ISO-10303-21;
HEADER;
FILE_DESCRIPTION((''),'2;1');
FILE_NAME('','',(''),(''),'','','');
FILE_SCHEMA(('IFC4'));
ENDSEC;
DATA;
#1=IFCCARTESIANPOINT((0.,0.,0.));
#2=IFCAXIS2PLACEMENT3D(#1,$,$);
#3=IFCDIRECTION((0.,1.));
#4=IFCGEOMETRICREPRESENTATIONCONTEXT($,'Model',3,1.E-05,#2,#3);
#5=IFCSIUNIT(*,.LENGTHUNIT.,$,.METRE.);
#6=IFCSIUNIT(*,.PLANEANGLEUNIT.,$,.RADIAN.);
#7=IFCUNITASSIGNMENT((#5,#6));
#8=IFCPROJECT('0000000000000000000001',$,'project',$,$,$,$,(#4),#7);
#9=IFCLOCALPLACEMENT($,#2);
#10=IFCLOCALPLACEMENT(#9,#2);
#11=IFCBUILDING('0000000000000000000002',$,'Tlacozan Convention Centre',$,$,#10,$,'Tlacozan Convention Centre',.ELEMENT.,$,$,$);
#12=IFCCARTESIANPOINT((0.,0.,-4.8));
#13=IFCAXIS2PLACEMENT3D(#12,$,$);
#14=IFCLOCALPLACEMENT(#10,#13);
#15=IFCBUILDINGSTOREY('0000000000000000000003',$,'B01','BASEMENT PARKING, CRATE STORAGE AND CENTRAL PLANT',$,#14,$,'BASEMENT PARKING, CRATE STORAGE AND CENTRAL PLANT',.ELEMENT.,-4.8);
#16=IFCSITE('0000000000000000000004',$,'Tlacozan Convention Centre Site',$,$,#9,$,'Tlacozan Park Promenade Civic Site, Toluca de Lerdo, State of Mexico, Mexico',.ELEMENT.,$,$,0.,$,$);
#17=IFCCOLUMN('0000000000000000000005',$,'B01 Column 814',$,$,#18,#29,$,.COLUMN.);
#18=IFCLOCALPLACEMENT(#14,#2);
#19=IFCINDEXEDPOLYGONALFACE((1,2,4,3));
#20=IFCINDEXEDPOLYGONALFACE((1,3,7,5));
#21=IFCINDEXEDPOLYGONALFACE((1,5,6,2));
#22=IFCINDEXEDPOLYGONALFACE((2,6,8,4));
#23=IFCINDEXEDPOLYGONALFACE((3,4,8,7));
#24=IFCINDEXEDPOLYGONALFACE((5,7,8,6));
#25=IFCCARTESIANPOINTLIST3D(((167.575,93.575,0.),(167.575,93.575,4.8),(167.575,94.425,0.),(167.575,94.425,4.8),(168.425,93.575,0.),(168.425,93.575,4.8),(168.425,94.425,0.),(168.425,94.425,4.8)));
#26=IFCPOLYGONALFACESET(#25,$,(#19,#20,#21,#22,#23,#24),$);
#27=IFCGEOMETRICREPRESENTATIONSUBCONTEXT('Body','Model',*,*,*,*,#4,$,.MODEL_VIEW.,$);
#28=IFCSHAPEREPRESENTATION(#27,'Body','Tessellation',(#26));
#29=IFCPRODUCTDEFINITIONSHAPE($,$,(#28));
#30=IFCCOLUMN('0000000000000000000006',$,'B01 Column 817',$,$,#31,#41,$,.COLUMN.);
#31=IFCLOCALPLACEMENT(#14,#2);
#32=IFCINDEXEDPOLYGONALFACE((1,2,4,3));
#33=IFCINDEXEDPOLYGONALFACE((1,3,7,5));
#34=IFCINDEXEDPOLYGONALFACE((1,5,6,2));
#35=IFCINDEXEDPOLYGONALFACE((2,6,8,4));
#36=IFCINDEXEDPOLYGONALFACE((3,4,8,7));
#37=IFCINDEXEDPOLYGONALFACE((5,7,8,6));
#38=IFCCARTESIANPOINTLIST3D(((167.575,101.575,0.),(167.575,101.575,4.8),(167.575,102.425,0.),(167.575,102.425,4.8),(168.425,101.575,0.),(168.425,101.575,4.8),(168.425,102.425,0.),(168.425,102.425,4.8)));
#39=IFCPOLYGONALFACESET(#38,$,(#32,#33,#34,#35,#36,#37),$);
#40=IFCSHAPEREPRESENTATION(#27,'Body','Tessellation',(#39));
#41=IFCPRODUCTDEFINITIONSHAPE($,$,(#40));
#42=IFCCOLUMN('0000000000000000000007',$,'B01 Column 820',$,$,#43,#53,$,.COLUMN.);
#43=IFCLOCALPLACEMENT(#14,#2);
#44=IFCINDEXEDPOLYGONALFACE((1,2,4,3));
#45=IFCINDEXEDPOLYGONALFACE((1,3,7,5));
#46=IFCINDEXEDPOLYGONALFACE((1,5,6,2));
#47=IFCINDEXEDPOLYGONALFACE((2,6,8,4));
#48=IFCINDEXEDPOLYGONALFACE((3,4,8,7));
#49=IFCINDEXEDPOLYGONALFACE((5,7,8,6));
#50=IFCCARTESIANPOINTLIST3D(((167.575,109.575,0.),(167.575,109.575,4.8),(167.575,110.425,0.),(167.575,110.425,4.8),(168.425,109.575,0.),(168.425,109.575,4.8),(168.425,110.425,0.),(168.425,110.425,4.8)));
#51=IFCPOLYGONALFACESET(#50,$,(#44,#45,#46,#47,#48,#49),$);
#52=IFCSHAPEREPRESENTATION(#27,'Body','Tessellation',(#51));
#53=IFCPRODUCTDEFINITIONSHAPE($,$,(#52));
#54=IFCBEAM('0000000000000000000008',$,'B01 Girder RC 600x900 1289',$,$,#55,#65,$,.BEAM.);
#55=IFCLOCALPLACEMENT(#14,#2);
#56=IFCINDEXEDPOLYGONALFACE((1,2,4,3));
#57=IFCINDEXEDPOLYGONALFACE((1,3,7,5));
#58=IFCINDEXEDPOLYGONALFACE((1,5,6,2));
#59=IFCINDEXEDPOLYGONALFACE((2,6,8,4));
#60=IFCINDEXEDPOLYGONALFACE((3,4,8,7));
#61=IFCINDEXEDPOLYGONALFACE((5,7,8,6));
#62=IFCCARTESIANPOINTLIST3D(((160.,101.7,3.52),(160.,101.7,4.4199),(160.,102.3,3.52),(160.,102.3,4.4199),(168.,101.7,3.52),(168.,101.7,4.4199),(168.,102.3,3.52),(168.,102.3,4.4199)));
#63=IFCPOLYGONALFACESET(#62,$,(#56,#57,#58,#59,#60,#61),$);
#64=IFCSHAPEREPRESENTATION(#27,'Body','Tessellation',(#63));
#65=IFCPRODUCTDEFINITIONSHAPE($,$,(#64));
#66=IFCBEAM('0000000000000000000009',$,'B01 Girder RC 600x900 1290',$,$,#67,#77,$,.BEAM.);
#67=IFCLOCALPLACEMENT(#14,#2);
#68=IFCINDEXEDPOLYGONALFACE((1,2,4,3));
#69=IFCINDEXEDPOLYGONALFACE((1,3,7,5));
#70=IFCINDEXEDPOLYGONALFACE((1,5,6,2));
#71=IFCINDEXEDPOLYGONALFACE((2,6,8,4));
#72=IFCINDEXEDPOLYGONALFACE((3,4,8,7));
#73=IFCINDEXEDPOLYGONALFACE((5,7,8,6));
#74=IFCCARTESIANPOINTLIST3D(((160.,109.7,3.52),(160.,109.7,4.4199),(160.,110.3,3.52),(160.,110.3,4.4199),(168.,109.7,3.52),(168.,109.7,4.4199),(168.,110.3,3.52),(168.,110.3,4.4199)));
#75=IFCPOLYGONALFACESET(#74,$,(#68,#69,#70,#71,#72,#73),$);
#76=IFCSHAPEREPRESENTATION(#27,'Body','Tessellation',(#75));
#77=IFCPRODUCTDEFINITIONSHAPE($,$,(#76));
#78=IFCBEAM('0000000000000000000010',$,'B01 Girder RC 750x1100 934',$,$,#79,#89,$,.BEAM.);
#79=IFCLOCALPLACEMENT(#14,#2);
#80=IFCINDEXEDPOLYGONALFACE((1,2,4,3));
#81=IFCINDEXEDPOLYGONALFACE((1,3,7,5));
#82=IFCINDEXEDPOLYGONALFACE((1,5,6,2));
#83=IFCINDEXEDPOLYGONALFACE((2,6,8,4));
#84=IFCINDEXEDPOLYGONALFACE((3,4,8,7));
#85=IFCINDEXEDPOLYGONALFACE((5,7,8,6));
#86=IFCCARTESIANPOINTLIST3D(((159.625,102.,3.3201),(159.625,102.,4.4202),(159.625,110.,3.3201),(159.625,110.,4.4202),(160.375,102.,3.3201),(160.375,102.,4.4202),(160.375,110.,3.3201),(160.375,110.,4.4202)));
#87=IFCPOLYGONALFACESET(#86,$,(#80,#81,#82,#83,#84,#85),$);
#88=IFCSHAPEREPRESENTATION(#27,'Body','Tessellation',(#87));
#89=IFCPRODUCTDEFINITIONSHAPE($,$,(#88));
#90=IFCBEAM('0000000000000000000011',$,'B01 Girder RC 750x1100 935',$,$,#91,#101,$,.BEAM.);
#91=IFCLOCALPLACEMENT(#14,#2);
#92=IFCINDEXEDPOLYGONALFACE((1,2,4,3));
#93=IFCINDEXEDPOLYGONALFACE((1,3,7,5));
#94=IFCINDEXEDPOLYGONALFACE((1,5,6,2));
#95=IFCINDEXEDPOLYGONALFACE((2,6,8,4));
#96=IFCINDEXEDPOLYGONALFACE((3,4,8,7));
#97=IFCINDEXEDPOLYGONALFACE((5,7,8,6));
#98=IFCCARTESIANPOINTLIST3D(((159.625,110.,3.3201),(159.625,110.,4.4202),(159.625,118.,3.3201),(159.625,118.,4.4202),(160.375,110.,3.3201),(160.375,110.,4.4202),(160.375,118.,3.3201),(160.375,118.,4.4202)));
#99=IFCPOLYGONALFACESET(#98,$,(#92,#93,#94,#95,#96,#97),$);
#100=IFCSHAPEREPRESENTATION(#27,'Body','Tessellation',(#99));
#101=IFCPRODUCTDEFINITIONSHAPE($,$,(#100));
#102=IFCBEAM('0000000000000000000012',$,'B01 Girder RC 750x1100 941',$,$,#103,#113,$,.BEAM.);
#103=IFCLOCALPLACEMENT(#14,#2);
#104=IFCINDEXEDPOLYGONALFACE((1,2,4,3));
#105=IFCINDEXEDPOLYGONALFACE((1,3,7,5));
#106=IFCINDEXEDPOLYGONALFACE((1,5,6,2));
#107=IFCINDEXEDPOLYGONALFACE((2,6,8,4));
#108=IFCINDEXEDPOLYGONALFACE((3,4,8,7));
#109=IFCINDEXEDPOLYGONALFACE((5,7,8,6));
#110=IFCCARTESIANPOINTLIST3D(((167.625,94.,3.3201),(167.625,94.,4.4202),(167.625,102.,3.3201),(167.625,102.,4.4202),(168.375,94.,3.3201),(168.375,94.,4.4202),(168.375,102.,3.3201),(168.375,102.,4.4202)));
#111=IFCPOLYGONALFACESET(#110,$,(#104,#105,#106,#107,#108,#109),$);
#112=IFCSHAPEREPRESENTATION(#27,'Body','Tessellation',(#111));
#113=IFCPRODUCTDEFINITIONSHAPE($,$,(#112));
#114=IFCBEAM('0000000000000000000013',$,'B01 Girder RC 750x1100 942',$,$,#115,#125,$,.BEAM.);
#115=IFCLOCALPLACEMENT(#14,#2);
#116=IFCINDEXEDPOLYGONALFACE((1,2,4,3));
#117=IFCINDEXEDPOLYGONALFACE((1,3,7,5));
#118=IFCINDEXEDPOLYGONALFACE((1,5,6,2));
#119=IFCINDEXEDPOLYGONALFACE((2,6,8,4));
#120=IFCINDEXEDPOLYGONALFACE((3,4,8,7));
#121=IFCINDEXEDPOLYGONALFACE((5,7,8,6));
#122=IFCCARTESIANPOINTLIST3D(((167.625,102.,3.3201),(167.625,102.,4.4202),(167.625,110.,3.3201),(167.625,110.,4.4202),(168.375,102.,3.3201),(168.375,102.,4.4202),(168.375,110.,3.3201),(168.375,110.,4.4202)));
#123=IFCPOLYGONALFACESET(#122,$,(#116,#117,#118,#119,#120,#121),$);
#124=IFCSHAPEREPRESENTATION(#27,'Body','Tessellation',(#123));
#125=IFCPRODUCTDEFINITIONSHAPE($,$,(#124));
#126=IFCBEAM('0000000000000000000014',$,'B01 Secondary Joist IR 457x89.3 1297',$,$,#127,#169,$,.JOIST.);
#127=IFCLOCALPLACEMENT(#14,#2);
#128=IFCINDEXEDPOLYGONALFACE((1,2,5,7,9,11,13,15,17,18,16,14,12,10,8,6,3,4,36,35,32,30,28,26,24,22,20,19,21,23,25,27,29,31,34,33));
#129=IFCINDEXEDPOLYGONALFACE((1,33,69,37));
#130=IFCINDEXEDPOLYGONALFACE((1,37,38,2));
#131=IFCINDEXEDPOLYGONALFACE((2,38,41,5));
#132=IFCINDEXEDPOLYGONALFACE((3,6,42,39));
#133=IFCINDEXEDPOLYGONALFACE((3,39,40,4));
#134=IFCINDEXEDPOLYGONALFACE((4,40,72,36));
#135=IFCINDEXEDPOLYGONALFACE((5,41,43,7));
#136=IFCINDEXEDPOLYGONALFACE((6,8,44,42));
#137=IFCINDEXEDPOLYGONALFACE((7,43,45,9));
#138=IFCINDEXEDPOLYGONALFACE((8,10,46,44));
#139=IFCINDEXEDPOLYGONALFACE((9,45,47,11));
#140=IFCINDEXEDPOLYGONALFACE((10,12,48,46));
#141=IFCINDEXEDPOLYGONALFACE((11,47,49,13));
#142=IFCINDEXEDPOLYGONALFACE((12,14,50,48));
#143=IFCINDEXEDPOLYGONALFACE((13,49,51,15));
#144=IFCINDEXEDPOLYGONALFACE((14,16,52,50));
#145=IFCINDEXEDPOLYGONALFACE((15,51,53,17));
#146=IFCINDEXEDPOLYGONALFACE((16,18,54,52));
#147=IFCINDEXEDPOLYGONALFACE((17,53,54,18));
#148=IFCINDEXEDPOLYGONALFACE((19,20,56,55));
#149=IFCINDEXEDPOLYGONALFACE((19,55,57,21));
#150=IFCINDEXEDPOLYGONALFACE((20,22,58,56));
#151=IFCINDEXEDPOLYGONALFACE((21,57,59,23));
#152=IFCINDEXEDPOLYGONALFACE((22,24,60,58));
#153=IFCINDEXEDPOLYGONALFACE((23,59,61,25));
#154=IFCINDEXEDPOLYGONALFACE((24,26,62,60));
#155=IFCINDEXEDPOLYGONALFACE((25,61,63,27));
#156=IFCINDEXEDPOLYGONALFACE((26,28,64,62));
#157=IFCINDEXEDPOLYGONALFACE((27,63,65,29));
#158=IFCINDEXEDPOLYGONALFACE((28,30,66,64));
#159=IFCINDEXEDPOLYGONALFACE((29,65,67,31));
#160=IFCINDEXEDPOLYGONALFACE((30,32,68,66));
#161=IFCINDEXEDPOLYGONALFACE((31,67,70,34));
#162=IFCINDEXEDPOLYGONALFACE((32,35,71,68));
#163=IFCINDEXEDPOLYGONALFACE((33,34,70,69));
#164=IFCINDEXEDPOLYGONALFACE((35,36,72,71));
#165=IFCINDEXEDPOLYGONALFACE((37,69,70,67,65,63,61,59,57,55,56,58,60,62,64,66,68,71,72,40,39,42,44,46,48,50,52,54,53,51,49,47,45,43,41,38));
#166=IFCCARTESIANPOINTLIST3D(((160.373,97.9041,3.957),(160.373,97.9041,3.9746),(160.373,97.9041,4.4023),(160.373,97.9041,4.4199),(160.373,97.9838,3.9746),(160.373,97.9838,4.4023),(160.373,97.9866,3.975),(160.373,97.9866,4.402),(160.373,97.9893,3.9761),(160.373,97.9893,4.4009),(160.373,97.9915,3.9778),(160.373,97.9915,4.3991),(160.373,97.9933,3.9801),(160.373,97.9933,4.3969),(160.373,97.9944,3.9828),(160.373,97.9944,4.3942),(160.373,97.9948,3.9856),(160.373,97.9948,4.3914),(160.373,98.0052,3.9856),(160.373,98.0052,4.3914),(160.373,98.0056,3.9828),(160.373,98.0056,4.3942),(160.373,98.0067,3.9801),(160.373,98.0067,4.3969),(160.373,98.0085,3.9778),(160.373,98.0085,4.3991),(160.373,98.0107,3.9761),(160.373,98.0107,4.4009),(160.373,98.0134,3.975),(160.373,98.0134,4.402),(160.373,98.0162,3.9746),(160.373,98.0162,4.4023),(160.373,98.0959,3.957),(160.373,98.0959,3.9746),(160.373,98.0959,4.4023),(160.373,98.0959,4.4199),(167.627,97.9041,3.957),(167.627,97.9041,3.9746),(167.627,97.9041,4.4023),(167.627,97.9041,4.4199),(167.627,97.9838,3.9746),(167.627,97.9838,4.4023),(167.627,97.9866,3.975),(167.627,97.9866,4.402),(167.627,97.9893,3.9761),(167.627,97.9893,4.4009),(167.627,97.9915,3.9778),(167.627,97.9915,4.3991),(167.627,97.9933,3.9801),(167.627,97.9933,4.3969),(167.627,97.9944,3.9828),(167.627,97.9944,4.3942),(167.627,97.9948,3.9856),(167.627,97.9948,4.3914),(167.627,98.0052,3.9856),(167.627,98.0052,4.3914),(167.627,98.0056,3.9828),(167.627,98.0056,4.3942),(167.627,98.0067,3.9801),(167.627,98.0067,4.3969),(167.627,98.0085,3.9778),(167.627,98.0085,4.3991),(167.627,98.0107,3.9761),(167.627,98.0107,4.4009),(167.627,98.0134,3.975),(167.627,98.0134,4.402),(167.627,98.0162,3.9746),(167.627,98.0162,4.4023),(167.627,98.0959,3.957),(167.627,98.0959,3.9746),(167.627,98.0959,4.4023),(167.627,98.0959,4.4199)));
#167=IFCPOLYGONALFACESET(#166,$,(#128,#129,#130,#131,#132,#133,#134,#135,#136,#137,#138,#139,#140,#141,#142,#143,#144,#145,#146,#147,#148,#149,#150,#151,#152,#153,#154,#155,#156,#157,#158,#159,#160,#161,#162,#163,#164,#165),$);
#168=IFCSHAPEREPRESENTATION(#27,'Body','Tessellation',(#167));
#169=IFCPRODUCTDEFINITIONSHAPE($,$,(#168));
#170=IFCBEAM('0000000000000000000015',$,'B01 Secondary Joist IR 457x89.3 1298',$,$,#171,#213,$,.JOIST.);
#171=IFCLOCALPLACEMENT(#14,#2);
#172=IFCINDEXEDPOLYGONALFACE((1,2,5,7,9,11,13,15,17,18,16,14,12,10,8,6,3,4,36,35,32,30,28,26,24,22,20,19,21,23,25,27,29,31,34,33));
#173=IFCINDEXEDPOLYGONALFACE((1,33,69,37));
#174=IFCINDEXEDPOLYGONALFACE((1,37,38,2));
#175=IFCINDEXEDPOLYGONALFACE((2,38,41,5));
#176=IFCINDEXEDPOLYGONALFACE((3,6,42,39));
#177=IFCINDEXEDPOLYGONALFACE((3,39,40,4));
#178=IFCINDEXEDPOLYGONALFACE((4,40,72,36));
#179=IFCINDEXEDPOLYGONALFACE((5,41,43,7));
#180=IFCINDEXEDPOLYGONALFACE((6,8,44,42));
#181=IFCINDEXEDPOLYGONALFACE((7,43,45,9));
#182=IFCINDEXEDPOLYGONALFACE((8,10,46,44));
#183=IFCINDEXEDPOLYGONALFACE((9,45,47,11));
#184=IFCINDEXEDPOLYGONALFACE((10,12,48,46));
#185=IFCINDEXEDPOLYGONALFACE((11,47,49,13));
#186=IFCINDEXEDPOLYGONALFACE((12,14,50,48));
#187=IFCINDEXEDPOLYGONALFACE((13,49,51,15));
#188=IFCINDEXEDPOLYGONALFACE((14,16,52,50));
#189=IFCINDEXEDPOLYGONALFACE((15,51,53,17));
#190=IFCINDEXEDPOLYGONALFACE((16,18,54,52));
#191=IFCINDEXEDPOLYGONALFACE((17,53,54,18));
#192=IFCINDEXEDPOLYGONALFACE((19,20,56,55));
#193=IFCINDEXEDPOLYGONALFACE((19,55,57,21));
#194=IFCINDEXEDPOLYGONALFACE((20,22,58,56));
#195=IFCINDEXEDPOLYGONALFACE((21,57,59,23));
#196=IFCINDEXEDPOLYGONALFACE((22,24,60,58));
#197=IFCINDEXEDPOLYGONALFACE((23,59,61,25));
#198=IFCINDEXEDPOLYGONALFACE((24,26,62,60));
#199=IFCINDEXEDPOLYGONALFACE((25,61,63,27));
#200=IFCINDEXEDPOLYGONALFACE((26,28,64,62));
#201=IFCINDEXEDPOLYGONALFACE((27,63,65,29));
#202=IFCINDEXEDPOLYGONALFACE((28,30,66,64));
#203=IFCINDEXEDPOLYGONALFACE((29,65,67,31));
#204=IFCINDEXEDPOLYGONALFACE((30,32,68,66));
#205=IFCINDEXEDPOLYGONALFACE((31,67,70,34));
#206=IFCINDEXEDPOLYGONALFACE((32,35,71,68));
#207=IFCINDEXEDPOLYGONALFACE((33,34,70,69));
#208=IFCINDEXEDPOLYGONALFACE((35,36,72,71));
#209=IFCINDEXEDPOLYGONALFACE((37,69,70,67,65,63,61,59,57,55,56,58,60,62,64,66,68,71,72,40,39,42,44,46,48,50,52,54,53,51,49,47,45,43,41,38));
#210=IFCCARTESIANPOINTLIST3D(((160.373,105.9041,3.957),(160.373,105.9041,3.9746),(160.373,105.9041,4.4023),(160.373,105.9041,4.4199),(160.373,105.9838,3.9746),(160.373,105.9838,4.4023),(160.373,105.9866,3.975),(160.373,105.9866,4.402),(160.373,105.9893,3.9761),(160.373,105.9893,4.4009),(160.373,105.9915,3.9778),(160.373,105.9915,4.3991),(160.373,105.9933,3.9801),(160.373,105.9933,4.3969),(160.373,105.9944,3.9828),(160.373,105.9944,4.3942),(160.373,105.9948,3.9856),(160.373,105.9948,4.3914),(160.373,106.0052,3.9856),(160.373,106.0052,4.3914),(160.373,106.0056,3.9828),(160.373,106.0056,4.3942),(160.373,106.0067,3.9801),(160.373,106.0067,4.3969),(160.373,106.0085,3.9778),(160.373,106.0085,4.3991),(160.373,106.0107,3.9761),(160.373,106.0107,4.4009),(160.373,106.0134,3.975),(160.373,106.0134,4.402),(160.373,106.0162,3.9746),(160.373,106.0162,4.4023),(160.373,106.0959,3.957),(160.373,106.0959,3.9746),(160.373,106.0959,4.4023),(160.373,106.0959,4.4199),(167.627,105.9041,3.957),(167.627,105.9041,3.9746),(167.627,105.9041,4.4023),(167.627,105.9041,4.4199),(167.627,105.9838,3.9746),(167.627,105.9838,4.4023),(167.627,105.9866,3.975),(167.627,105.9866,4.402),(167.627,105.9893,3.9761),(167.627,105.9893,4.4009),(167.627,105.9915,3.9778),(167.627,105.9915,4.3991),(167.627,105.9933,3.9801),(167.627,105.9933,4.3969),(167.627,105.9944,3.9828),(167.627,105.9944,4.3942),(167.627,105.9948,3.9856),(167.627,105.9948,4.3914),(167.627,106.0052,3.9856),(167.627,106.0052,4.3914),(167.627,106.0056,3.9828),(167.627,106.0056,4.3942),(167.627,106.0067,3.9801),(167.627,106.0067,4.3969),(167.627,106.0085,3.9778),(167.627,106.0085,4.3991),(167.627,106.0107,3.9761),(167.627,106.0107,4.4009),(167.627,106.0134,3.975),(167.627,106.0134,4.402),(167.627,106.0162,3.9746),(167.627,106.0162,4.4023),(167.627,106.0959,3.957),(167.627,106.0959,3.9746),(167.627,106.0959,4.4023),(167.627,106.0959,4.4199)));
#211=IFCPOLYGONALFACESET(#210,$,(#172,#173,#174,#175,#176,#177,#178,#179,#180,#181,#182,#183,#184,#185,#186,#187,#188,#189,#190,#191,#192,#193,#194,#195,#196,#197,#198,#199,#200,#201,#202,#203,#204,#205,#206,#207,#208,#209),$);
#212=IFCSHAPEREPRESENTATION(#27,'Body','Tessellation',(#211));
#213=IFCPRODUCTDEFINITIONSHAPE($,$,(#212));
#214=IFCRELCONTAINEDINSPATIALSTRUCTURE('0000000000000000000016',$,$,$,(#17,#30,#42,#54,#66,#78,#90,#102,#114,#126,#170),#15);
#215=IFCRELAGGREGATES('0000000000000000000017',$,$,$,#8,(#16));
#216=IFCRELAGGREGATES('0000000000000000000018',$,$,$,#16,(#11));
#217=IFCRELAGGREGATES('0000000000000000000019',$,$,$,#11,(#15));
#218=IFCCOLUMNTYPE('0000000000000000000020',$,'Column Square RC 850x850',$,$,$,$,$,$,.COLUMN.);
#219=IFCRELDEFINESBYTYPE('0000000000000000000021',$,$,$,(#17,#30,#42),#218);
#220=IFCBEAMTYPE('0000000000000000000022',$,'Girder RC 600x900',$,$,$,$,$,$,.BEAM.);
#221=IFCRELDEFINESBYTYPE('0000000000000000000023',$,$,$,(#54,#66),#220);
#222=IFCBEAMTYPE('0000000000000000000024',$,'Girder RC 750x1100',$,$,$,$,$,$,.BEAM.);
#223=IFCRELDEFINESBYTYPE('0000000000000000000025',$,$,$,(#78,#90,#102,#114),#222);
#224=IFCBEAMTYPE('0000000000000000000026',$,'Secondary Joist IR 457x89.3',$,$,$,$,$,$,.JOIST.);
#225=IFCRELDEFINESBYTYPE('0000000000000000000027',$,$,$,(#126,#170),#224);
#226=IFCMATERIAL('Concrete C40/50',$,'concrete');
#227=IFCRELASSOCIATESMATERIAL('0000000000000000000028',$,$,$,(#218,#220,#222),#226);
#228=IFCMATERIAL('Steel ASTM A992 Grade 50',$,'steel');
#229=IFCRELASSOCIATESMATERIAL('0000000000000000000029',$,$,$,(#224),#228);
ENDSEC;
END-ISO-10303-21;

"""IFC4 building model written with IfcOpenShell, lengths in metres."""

from ifc_helpers import new_model, si_unit, direction, frame, origin, origin_2d, place, context, subcontext, project, spatial, rectangle, i_section, extrude, material, material_profile, profile_set, type_object, element, save


model = new_model("IFC4")

# Units and contexts
model_context = context("Model", 3, precision=1e-05, world=origin(), true_north=direction((0.0, 1.0)))
body_context = subcontext(model_context, "Body", "Model", "MODEL_VIEW")
ifc_project = project(units=[si_unit("LENGTHUNIT", "METRE"), si_unit("PLANEANGLEUNIT", "RADIAN")], contexts=[model_context])

# Site, building, storey
site_placement = place(None, origin())
site = spatial("IfcSite", under=ifc_project, at=site_placement, Name="Tlacozan Convention Centre Site", LongName="Tlacozan Park Promenade Civic Site, Toluca de Lerdo, State of Mexico, Mexico", CompositionType="ELEMENT", RefElevation=0.0)
building_placement = place(site_placement, origin())
building = spatial("IfcBuilding", under=site, at=building_placement, Name="Tlacozan Convention Centre", LongName="Tlacozan Convention Centre", CompositionType="ELEMENT")
storey_placement = place(building_placement, frame((0.0, 0.0, -4.8)))
storey = spatial("IfcBuildingStorey", under=building, at=storey_placement, Name="B01", Description="BASEMENT PARKING, CRATE STORAGE AND CENTRAL PLANT", LongName="BASEMENT PARKING, CRATE STORAGE AND CENTRAL PLANT", CompositionType="ELEMENT", Elevation=-4.8)

# Columns
ifc_material_1 = material(Name="Concrete C40/50", Category="concrete")
ifc_material_profile_1 = material_profile(ifc_material_1, rectangle(XDim=0.8501, YDim=0.8501, at=origin_2d()), Name="RC 850x850")
ifc_profile_set_1 = profile_set([ifc_material_profile_1], Name="Concrete C40/50")
column_type_1 = type_object("IfcColumnType", Name="Column Square RC 850x850", PredefinedType="COLUMN", material=ifc_profile_set_1)
for number, where, z_axis, x_axis, name in (
    (1, (168.0, 94.0, 0.0), (0.0, 0.0, 1.0), (1.0, 0.0, 0.0), "B01 Column 814"),
    (2, (168.0, 102.0, 0.0), (0.0, 0.0, 1.0), (1.0, 0.0, 0.0), "B01 Column 817"),
    (3, (168.0, 110.0, 0.0), (0.0, 0.0, 1.0), (1.0, 0.0, 0.0), "B01 Column 820"),
):
    element("IfcColumn", number, at=place(storey_placement, frame(where, z_axis=z_axis, x_axis=x_axis)), inside=storey, type_object=column_type_1, Name=name, PredefinedType="COLUMN", context=body_context, shape_type="SweptSolid", body=[
        extrude(rectangle(XDim=0.8501, YDim=0.8501, at=origin_2d()), origin(), (0.0, 0.0, 1.0), 4.8),
    ])

# Beams
ifc_material_profile_2 = material_profile(ifc_material_1, rectangle(XDim=0.6001, YDim=0.8999, at=origin_2d()), Name="RC 600x900")
ifc_profile_set_2 = profile_set([ifc_material_profile_2], Name="Concrete C40/50")
beam_type_1 = type_object("IfcBeamType", Name="Girder RC 600x900", PredefinedType="BEAM", material=ifc_profile_set_2)
for number, where, z_axis, x_axis, name in (
    (4, (160.0, 102.0, 3.97), (1.0, 0.0, 0.0), (0.0, 1.0, 0.0), "B01 Girder RC 600x900 1289"),
    (5, (160.0, 110.0, 3.97), (1.0, 0.0, 0.0), (0.0, 1.0, 0.0), "B01 Girder RC 600x900 1290"),
):
    element("IfcBeam", number, at=place(storey_placement, frame(where, z_axis=z_axis, x_axis=x_axis)), inside=storey, type_object=beam_type_1, Name=name, PredefinedType="BEAM", context=body_context, shape_type="SweptSolid", body=[
        extrude(rectangle(XDim=0.6001, YDim=0.8999, at=origin_2d()), origin(), (0.0, 0.0, 1.0), 8.0),
    ])
ifc_material_profile_3 = material_profile(ifc_material_1, rectangle(XDim=0.75, YDim=1.1001, at=origin_2d()), Name="RC 750x1100")
ifc_profile_set_3 = profile_set([ifc_material_profile_3], Name="Concrete C40/50")
beam_type_2 = type_object("IfcBeamType", Name="Girder RC 750x1100", PredefinedType="BEAM", material=ifc_profile_set_3)
for number, where, z_axis, x_axis, name in (
    (6, (160.0, 102.0, 3.8701), (0.0, 1.0, 0.0), (-1.0, 0.0, 0.0), "B01 Girder RC 750x1100 934"),
    (7, (160.0, 110.0, 3.8701), (0.0, 1.0, 0.0), (-1.0, 0.0, 0.0), "B01 Girder RC 750x1100 935"),
    (8, (168.0, 94.0, 3.8701), (0.0, 1.0, 0.0), (-1.0, 0.0, 0.0), "B01 Girder RC 750x1100 941"),
    (9, (168.0, 102.0, 3.8701), (0.0, 1.0, 0.0), (-1.0, 0.0, 0.0), "B01 Girder RC 750x1100 942"),
):
    element("IfcBeam", number, at=place(storey_placement, frame(where, z_axis=z_axis, x_axis=x_axis)), inside=storey, type_object=beam_type_2, Name=name, PredefinedType="BEAM", context=body_context, shape_type="SweptSolid", body=[
        extrude(rectangle(XDim=0.75, YDim=1.1001, at=origin_2d()), origin(), (0.0, 0.0, 1.0), 8.0),
    ])
ifc_material_2 = material(Name="Steel ASTM A992 Grade 50", Category="steel")
ifc_material_profile_4 = material_profile(ifc_material_2, i_section(OverallWidth=0.1919, OverallDepth=0.4629, WebThickness=0.0105, FlangeThickness=0.0176, FilletRadius=0.011, at=origin_2d()), Name="IR 457x89.3")
ifc_profile_set_4 = profile_set([ifc_material_profile_4], Name="Steel ASTM A992 Grade 50")
beam_type_3 = type_object("IfcBeamType", Name="Secondary Joist IR 457x89.3", PredefinedType="JOIST", material=ifc_profile_set_4)
for number, where, z_axis, x_axis, name in (
    (10, (160.373, 98.0, 4.1885), (1.0, 0.0, 0.0), (0.0, 1.0, 0.0), "B01 Secondary Joist IR 457x89.3 1297"),
    (11, (160.373, 106.0, 4.1885), (1.0, 0.0, 0.0), (0.0, 1.0, 0.0), "B01 Secondary Joist IR 457x89.3 1298"),
):
    element("IfcBeam", number, at=place(storey_placement, frame(where, z_axis=z_axis, x_axis=x_axis)), inside=storey, type_object=beam_type_3, Name=name, PredefinedType="JOIST", context=body_context, shape_type="SweptSolid", body=[
        extrude(i_section(OverallWidth=0.1919, OverallDepth=0.4629, WebThickness=0.0105, FlangeThickness=0.0176, FilletRadius=0.011, at=origin_2d()), origin(), (0.0, 0.0, 1.0), 7.2539),
    ])

save(model, "model.ifc")
